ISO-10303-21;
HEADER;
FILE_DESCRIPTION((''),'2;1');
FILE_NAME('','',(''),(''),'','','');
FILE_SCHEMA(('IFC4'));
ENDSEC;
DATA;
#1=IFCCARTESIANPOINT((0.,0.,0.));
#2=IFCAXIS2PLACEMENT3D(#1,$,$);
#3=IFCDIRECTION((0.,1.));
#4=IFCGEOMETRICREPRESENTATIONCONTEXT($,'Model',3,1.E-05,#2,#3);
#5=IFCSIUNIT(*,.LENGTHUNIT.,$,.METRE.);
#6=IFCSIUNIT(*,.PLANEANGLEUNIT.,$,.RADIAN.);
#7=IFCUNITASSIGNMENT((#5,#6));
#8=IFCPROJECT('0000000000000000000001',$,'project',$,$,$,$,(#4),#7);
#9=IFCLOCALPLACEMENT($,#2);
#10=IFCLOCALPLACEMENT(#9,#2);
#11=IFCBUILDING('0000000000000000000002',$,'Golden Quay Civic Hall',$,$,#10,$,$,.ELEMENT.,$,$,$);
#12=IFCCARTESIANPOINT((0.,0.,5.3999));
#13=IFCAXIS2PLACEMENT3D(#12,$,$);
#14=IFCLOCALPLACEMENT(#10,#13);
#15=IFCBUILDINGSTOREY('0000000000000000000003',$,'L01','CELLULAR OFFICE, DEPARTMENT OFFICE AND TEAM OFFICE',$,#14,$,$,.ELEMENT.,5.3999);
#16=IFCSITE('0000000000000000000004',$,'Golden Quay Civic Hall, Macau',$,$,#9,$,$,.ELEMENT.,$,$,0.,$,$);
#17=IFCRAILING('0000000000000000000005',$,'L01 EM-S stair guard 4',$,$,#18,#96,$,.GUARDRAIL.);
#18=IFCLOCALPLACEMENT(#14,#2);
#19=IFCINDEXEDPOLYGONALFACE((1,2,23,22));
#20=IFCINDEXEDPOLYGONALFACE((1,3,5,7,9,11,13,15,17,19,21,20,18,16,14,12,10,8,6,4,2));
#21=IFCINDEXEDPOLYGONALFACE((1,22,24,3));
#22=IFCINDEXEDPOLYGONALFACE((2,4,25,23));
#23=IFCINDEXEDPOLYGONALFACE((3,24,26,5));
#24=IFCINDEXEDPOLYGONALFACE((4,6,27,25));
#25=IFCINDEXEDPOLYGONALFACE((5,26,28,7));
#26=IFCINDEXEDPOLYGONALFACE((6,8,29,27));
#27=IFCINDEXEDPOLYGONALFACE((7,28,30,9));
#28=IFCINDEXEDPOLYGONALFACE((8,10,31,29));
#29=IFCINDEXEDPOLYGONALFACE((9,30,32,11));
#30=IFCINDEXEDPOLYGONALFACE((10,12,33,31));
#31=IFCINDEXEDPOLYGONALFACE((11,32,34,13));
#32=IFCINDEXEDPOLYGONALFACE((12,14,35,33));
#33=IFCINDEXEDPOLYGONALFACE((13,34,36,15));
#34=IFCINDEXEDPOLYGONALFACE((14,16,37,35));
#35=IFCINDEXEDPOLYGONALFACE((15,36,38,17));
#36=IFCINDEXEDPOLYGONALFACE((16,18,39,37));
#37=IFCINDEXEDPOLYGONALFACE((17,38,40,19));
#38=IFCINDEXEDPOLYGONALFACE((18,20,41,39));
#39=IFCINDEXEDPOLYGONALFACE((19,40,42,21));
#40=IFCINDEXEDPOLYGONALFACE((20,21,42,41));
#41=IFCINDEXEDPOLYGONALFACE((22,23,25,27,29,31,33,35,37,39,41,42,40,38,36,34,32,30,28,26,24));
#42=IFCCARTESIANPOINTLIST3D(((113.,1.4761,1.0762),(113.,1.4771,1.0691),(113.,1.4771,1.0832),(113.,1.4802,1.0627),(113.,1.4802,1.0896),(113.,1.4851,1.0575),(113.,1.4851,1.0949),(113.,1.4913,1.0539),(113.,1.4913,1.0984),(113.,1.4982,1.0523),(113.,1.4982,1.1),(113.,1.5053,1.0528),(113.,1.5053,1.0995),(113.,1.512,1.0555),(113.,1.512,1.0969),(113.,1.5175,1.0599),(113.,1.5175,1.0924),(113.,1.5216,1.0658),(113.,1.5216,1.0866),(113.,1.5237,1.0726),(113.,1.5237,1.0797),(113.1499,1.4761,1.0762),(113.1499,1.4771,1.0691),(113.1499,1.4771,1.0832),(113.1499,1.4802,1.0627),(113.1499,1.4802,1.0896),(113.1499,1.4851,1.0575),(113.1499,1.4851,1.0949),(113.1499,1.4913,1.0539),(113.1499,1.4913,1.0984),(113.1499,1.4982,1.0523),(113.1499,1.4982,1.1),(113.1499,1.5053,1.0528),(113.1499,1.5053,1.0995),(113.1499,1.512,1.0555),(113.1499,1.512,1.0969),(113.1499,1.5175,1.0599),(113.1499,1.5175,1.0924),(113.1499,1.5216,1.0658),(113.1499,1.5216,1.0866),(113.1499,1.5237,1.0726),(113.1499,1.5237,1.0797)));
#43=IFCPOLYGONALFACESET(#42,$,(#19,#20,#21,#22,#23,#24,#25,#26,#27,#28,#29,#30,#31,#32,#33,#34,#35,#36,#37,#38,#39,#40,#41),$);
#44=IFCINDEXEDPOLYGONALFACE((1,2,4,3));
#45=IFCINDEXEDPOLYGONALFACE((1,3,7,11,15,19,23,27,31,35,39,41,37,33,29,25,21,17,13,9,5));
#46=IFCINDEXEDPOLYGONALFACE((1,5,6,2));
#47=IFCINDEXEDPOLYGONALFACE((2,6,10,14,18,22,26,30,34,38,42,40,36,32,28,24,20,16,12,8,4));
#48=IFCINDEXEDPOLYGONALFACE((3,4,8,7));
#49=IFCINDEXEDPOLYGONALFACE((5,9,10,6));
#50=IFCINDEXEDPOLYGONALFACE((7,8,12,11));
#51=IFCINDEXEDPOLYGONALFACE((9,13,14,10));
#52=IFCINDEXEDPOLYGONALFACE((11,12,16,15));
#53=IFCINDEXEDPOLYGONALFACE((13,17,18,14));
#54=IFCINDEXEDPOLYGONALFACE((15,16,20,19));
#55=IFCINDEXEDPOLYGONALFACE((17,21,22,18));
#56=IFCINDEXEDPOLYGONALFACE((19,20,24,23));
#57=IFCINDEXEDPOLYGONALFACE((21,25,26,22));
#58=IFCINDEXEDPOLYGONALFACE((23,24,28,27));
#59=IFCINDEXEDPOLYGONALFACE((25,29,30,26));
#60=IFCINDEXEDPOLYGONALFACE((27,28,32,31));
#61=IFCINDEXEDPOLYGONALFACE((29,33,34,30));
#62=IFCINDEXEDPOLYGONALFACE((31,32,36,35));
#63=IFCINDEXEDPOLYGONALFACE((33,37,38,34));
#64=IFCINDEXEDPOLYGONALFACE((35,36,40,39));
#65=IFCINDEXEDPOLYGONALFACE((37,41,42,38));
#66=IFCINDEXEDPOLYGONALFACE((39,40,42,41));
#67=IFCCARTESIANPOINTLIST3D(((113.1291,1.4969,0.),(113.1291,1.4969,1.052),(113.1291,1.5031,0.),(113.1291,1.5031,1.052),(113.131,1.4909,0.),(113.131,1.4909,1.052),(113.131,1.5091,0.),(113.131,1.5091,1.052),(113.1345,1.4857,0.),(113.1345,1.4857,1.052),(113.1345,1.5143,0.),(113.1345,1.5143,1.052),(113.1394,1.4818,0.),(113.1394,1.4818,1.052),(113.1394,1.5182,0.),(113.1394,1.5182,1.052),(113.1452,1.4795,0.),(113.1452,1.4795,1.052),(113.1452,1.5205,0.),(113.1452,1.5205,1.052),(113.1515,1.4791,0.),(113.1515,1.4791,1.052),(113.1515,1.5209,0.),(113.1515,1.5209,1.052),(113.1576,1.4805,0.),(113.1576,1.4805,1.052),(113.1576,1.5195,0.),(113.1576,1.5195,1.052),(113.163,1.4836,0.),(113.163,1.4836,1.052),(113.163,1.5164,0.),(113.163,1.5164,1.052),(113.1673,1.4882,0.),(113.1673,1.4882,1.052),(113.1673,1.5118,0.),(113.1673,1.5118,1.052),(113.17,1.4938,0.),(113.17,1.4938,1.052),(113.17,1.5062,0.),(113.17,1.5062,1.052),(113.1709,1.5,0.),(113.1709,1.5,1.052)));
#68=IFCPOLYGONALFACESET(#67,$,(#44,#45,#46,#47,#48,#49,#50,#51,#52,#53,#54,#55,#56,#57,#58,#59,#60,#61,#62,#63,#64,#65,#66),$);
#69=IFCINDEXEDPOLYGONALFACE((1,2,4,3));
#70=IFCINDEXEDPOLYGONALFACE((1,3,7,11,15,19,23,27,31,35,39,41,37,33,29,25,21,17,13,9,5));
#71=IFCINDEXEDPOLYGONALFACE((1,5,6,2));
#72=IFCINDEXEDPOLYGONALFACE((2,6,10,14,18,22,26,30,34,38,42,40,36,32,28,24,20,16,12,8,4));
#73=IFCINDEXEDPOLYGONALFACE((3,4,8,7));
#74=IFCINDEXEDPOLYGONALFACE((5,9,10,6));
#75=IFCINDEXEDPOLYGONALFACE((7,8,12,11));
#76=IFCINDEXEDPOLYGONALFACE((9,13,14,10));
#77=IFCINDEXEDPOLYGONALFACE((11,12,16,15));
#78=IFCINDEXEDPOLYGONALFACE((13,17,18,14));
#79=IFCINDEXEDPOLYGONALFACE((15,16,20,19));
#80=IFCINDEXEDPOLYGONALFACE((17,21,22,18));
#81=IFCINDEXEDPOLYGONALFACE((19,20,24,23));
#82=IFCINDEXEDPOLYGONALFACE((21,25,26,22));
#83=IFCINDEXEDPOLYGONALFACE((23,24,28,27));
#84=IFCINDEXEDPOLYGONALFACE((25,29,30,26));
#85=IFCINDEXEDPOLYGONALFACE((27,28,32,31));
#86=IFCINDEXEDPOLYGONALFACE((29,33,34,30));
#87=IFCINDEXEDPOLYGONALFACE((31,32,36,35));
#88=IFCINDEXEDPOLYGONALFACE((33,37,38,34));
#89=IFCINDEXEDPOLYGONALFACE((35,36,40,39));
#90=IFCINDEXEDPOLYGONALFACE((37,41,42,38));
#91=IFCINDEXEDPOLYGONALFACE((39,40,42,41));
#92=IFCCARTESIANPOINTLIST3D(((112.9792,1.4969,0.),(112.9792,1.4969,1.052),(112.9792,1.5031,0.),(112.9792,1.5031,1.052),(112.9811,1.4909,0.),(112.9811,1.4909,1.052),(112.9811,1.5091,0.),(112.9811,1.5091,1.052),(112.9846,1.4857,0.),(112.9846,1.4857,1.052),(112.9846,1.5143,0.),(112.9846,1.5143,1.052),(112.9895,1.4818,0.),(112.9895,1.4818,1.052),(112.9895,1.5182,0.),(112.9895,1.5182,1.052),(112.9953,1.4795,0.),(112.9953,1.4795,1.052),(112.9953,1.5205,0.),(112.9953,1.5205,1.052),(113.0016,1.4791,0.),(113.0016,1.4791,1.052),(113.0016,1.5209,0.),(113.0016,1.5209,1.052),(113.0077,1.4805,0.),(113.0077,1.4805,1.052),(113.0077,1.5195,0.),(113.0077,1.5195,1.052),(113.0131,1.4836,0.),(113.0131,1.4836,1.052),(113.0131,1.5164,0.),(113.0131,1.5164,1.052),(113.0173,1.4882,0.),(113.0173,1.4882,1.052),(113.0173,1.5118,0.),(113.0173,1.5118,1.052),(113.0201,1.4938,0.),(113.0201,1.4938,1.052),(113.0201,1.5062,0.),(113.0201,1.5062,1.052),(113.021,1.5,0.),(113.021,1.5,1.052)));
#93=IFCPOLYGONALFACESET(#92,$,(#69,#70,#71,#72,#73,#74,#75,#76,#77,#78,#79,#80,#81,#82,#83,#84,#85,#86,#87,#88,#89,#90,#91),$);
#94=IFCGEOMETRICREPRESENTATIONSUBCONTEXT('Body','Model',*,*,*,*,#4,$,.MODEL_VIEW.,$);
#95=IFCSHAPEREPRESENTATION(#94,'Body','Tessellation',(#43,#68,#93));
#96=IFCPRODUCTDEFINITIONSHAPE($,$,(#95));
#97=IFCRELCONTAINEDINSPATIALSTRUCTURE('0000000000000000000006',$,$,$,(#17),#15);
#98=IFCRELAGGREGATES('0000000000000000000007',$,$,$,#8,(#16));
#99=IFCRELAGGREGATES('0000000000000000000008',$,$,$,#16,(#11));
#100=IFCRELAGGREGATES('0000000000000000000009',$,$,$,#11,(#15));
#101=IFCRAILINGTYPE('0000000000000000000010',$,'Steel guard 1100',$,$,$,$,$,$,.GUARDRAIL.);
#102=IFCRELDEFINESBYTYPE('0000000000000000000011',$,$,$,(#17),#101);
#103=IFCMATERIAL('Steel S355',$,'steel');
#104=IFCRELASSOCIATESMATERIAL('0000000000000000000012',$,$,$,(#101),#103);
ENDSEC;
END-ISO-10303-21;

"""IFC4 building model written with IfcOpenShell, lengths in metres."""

from ifc_helpers import new_model, si_unit, direction, frame, origin, origin_2d, place, context, subcontext, project, spatial, circle, extrude, material, type_object, element, save


model = new_model("IFC4")

# Units and contexts
model_context = context("Model", 3, precision=1e-05, world=origin(), true_north=direction((0.0, 1.0)))
body_context = subcontext(model_context, "Body", "Model", "MODEL_VIEW")
ifc_project = project(units=[si_unit("LENGTHUNIT", "METRE"), si_unit("PLANEANGLEUNIT", "RADIAN")], contexts=[model_context])

# Site, building, storey
site_placement = place(None, origin())
site = spatial("IfcSite", under=ifc_project, at=site_placement, Name="Golden Quay Civic Hall, Macau", CompositionType="ELEMENT", RefElevation=0.0)
building_placement = place(site_placement, origin())
building = spatial("IfcBuilding", under=site, at=building_placement, Name="Golden Quay Civic Hall", CompositionType="ELEMENT")
storey_placement = place(building_placement, frame((0.0, 0.0, 5.3999)))
storey = spatial("IfcBuildingStorey", under=building, at=storey_placement, Name="L01", Description="CELLULAR OFFICE, DEPARTMENT OFFICE AND TEAM OFFICE", CompositionType="ELEMENT", Elevation=5.3999)

# Railing
ifc_material_1 = material(Name="Steel S355", Category="steel")
railing_type_1 = type_object("IfcRailingType", Name="Steel guard 1100", PredefinedType="GUARDRAIL", material=ifc_material_1)
railing_1_placement = place(storey_placement, frame((113.1499, 1.5, 0.0)))
element("IfcRailing", 1, at=railing_1_placement, inside=storey, type_object=railing_type_1, Name="L01 EM-S stair guard 4", PredefinedType="GUARDRAIL", context=body_context, shape_type="SweptSolid", body=[
    extrude(circle(Radius=0.0239, at=origin_2d()), frame((0.0, 0.0, 1.0762), z_axis=(-1.0, 0.0, 0.0), x_axis=(0.0, -1.0, 0.0)), (0.0, 0.0, 1.0), 0.1499),
    extrude(circle(Radius=0.021, at=origin_2d()), origin(), (0.0, 0.0, 1.0), 1.052),
    extrude(circle(Radius=0.021, at=origin_2d()), frame((-0.1499, 0.0, 0.0)), (0.0, 0.0, 1.0), 1.052),
])

save(model, "model.ifc")
